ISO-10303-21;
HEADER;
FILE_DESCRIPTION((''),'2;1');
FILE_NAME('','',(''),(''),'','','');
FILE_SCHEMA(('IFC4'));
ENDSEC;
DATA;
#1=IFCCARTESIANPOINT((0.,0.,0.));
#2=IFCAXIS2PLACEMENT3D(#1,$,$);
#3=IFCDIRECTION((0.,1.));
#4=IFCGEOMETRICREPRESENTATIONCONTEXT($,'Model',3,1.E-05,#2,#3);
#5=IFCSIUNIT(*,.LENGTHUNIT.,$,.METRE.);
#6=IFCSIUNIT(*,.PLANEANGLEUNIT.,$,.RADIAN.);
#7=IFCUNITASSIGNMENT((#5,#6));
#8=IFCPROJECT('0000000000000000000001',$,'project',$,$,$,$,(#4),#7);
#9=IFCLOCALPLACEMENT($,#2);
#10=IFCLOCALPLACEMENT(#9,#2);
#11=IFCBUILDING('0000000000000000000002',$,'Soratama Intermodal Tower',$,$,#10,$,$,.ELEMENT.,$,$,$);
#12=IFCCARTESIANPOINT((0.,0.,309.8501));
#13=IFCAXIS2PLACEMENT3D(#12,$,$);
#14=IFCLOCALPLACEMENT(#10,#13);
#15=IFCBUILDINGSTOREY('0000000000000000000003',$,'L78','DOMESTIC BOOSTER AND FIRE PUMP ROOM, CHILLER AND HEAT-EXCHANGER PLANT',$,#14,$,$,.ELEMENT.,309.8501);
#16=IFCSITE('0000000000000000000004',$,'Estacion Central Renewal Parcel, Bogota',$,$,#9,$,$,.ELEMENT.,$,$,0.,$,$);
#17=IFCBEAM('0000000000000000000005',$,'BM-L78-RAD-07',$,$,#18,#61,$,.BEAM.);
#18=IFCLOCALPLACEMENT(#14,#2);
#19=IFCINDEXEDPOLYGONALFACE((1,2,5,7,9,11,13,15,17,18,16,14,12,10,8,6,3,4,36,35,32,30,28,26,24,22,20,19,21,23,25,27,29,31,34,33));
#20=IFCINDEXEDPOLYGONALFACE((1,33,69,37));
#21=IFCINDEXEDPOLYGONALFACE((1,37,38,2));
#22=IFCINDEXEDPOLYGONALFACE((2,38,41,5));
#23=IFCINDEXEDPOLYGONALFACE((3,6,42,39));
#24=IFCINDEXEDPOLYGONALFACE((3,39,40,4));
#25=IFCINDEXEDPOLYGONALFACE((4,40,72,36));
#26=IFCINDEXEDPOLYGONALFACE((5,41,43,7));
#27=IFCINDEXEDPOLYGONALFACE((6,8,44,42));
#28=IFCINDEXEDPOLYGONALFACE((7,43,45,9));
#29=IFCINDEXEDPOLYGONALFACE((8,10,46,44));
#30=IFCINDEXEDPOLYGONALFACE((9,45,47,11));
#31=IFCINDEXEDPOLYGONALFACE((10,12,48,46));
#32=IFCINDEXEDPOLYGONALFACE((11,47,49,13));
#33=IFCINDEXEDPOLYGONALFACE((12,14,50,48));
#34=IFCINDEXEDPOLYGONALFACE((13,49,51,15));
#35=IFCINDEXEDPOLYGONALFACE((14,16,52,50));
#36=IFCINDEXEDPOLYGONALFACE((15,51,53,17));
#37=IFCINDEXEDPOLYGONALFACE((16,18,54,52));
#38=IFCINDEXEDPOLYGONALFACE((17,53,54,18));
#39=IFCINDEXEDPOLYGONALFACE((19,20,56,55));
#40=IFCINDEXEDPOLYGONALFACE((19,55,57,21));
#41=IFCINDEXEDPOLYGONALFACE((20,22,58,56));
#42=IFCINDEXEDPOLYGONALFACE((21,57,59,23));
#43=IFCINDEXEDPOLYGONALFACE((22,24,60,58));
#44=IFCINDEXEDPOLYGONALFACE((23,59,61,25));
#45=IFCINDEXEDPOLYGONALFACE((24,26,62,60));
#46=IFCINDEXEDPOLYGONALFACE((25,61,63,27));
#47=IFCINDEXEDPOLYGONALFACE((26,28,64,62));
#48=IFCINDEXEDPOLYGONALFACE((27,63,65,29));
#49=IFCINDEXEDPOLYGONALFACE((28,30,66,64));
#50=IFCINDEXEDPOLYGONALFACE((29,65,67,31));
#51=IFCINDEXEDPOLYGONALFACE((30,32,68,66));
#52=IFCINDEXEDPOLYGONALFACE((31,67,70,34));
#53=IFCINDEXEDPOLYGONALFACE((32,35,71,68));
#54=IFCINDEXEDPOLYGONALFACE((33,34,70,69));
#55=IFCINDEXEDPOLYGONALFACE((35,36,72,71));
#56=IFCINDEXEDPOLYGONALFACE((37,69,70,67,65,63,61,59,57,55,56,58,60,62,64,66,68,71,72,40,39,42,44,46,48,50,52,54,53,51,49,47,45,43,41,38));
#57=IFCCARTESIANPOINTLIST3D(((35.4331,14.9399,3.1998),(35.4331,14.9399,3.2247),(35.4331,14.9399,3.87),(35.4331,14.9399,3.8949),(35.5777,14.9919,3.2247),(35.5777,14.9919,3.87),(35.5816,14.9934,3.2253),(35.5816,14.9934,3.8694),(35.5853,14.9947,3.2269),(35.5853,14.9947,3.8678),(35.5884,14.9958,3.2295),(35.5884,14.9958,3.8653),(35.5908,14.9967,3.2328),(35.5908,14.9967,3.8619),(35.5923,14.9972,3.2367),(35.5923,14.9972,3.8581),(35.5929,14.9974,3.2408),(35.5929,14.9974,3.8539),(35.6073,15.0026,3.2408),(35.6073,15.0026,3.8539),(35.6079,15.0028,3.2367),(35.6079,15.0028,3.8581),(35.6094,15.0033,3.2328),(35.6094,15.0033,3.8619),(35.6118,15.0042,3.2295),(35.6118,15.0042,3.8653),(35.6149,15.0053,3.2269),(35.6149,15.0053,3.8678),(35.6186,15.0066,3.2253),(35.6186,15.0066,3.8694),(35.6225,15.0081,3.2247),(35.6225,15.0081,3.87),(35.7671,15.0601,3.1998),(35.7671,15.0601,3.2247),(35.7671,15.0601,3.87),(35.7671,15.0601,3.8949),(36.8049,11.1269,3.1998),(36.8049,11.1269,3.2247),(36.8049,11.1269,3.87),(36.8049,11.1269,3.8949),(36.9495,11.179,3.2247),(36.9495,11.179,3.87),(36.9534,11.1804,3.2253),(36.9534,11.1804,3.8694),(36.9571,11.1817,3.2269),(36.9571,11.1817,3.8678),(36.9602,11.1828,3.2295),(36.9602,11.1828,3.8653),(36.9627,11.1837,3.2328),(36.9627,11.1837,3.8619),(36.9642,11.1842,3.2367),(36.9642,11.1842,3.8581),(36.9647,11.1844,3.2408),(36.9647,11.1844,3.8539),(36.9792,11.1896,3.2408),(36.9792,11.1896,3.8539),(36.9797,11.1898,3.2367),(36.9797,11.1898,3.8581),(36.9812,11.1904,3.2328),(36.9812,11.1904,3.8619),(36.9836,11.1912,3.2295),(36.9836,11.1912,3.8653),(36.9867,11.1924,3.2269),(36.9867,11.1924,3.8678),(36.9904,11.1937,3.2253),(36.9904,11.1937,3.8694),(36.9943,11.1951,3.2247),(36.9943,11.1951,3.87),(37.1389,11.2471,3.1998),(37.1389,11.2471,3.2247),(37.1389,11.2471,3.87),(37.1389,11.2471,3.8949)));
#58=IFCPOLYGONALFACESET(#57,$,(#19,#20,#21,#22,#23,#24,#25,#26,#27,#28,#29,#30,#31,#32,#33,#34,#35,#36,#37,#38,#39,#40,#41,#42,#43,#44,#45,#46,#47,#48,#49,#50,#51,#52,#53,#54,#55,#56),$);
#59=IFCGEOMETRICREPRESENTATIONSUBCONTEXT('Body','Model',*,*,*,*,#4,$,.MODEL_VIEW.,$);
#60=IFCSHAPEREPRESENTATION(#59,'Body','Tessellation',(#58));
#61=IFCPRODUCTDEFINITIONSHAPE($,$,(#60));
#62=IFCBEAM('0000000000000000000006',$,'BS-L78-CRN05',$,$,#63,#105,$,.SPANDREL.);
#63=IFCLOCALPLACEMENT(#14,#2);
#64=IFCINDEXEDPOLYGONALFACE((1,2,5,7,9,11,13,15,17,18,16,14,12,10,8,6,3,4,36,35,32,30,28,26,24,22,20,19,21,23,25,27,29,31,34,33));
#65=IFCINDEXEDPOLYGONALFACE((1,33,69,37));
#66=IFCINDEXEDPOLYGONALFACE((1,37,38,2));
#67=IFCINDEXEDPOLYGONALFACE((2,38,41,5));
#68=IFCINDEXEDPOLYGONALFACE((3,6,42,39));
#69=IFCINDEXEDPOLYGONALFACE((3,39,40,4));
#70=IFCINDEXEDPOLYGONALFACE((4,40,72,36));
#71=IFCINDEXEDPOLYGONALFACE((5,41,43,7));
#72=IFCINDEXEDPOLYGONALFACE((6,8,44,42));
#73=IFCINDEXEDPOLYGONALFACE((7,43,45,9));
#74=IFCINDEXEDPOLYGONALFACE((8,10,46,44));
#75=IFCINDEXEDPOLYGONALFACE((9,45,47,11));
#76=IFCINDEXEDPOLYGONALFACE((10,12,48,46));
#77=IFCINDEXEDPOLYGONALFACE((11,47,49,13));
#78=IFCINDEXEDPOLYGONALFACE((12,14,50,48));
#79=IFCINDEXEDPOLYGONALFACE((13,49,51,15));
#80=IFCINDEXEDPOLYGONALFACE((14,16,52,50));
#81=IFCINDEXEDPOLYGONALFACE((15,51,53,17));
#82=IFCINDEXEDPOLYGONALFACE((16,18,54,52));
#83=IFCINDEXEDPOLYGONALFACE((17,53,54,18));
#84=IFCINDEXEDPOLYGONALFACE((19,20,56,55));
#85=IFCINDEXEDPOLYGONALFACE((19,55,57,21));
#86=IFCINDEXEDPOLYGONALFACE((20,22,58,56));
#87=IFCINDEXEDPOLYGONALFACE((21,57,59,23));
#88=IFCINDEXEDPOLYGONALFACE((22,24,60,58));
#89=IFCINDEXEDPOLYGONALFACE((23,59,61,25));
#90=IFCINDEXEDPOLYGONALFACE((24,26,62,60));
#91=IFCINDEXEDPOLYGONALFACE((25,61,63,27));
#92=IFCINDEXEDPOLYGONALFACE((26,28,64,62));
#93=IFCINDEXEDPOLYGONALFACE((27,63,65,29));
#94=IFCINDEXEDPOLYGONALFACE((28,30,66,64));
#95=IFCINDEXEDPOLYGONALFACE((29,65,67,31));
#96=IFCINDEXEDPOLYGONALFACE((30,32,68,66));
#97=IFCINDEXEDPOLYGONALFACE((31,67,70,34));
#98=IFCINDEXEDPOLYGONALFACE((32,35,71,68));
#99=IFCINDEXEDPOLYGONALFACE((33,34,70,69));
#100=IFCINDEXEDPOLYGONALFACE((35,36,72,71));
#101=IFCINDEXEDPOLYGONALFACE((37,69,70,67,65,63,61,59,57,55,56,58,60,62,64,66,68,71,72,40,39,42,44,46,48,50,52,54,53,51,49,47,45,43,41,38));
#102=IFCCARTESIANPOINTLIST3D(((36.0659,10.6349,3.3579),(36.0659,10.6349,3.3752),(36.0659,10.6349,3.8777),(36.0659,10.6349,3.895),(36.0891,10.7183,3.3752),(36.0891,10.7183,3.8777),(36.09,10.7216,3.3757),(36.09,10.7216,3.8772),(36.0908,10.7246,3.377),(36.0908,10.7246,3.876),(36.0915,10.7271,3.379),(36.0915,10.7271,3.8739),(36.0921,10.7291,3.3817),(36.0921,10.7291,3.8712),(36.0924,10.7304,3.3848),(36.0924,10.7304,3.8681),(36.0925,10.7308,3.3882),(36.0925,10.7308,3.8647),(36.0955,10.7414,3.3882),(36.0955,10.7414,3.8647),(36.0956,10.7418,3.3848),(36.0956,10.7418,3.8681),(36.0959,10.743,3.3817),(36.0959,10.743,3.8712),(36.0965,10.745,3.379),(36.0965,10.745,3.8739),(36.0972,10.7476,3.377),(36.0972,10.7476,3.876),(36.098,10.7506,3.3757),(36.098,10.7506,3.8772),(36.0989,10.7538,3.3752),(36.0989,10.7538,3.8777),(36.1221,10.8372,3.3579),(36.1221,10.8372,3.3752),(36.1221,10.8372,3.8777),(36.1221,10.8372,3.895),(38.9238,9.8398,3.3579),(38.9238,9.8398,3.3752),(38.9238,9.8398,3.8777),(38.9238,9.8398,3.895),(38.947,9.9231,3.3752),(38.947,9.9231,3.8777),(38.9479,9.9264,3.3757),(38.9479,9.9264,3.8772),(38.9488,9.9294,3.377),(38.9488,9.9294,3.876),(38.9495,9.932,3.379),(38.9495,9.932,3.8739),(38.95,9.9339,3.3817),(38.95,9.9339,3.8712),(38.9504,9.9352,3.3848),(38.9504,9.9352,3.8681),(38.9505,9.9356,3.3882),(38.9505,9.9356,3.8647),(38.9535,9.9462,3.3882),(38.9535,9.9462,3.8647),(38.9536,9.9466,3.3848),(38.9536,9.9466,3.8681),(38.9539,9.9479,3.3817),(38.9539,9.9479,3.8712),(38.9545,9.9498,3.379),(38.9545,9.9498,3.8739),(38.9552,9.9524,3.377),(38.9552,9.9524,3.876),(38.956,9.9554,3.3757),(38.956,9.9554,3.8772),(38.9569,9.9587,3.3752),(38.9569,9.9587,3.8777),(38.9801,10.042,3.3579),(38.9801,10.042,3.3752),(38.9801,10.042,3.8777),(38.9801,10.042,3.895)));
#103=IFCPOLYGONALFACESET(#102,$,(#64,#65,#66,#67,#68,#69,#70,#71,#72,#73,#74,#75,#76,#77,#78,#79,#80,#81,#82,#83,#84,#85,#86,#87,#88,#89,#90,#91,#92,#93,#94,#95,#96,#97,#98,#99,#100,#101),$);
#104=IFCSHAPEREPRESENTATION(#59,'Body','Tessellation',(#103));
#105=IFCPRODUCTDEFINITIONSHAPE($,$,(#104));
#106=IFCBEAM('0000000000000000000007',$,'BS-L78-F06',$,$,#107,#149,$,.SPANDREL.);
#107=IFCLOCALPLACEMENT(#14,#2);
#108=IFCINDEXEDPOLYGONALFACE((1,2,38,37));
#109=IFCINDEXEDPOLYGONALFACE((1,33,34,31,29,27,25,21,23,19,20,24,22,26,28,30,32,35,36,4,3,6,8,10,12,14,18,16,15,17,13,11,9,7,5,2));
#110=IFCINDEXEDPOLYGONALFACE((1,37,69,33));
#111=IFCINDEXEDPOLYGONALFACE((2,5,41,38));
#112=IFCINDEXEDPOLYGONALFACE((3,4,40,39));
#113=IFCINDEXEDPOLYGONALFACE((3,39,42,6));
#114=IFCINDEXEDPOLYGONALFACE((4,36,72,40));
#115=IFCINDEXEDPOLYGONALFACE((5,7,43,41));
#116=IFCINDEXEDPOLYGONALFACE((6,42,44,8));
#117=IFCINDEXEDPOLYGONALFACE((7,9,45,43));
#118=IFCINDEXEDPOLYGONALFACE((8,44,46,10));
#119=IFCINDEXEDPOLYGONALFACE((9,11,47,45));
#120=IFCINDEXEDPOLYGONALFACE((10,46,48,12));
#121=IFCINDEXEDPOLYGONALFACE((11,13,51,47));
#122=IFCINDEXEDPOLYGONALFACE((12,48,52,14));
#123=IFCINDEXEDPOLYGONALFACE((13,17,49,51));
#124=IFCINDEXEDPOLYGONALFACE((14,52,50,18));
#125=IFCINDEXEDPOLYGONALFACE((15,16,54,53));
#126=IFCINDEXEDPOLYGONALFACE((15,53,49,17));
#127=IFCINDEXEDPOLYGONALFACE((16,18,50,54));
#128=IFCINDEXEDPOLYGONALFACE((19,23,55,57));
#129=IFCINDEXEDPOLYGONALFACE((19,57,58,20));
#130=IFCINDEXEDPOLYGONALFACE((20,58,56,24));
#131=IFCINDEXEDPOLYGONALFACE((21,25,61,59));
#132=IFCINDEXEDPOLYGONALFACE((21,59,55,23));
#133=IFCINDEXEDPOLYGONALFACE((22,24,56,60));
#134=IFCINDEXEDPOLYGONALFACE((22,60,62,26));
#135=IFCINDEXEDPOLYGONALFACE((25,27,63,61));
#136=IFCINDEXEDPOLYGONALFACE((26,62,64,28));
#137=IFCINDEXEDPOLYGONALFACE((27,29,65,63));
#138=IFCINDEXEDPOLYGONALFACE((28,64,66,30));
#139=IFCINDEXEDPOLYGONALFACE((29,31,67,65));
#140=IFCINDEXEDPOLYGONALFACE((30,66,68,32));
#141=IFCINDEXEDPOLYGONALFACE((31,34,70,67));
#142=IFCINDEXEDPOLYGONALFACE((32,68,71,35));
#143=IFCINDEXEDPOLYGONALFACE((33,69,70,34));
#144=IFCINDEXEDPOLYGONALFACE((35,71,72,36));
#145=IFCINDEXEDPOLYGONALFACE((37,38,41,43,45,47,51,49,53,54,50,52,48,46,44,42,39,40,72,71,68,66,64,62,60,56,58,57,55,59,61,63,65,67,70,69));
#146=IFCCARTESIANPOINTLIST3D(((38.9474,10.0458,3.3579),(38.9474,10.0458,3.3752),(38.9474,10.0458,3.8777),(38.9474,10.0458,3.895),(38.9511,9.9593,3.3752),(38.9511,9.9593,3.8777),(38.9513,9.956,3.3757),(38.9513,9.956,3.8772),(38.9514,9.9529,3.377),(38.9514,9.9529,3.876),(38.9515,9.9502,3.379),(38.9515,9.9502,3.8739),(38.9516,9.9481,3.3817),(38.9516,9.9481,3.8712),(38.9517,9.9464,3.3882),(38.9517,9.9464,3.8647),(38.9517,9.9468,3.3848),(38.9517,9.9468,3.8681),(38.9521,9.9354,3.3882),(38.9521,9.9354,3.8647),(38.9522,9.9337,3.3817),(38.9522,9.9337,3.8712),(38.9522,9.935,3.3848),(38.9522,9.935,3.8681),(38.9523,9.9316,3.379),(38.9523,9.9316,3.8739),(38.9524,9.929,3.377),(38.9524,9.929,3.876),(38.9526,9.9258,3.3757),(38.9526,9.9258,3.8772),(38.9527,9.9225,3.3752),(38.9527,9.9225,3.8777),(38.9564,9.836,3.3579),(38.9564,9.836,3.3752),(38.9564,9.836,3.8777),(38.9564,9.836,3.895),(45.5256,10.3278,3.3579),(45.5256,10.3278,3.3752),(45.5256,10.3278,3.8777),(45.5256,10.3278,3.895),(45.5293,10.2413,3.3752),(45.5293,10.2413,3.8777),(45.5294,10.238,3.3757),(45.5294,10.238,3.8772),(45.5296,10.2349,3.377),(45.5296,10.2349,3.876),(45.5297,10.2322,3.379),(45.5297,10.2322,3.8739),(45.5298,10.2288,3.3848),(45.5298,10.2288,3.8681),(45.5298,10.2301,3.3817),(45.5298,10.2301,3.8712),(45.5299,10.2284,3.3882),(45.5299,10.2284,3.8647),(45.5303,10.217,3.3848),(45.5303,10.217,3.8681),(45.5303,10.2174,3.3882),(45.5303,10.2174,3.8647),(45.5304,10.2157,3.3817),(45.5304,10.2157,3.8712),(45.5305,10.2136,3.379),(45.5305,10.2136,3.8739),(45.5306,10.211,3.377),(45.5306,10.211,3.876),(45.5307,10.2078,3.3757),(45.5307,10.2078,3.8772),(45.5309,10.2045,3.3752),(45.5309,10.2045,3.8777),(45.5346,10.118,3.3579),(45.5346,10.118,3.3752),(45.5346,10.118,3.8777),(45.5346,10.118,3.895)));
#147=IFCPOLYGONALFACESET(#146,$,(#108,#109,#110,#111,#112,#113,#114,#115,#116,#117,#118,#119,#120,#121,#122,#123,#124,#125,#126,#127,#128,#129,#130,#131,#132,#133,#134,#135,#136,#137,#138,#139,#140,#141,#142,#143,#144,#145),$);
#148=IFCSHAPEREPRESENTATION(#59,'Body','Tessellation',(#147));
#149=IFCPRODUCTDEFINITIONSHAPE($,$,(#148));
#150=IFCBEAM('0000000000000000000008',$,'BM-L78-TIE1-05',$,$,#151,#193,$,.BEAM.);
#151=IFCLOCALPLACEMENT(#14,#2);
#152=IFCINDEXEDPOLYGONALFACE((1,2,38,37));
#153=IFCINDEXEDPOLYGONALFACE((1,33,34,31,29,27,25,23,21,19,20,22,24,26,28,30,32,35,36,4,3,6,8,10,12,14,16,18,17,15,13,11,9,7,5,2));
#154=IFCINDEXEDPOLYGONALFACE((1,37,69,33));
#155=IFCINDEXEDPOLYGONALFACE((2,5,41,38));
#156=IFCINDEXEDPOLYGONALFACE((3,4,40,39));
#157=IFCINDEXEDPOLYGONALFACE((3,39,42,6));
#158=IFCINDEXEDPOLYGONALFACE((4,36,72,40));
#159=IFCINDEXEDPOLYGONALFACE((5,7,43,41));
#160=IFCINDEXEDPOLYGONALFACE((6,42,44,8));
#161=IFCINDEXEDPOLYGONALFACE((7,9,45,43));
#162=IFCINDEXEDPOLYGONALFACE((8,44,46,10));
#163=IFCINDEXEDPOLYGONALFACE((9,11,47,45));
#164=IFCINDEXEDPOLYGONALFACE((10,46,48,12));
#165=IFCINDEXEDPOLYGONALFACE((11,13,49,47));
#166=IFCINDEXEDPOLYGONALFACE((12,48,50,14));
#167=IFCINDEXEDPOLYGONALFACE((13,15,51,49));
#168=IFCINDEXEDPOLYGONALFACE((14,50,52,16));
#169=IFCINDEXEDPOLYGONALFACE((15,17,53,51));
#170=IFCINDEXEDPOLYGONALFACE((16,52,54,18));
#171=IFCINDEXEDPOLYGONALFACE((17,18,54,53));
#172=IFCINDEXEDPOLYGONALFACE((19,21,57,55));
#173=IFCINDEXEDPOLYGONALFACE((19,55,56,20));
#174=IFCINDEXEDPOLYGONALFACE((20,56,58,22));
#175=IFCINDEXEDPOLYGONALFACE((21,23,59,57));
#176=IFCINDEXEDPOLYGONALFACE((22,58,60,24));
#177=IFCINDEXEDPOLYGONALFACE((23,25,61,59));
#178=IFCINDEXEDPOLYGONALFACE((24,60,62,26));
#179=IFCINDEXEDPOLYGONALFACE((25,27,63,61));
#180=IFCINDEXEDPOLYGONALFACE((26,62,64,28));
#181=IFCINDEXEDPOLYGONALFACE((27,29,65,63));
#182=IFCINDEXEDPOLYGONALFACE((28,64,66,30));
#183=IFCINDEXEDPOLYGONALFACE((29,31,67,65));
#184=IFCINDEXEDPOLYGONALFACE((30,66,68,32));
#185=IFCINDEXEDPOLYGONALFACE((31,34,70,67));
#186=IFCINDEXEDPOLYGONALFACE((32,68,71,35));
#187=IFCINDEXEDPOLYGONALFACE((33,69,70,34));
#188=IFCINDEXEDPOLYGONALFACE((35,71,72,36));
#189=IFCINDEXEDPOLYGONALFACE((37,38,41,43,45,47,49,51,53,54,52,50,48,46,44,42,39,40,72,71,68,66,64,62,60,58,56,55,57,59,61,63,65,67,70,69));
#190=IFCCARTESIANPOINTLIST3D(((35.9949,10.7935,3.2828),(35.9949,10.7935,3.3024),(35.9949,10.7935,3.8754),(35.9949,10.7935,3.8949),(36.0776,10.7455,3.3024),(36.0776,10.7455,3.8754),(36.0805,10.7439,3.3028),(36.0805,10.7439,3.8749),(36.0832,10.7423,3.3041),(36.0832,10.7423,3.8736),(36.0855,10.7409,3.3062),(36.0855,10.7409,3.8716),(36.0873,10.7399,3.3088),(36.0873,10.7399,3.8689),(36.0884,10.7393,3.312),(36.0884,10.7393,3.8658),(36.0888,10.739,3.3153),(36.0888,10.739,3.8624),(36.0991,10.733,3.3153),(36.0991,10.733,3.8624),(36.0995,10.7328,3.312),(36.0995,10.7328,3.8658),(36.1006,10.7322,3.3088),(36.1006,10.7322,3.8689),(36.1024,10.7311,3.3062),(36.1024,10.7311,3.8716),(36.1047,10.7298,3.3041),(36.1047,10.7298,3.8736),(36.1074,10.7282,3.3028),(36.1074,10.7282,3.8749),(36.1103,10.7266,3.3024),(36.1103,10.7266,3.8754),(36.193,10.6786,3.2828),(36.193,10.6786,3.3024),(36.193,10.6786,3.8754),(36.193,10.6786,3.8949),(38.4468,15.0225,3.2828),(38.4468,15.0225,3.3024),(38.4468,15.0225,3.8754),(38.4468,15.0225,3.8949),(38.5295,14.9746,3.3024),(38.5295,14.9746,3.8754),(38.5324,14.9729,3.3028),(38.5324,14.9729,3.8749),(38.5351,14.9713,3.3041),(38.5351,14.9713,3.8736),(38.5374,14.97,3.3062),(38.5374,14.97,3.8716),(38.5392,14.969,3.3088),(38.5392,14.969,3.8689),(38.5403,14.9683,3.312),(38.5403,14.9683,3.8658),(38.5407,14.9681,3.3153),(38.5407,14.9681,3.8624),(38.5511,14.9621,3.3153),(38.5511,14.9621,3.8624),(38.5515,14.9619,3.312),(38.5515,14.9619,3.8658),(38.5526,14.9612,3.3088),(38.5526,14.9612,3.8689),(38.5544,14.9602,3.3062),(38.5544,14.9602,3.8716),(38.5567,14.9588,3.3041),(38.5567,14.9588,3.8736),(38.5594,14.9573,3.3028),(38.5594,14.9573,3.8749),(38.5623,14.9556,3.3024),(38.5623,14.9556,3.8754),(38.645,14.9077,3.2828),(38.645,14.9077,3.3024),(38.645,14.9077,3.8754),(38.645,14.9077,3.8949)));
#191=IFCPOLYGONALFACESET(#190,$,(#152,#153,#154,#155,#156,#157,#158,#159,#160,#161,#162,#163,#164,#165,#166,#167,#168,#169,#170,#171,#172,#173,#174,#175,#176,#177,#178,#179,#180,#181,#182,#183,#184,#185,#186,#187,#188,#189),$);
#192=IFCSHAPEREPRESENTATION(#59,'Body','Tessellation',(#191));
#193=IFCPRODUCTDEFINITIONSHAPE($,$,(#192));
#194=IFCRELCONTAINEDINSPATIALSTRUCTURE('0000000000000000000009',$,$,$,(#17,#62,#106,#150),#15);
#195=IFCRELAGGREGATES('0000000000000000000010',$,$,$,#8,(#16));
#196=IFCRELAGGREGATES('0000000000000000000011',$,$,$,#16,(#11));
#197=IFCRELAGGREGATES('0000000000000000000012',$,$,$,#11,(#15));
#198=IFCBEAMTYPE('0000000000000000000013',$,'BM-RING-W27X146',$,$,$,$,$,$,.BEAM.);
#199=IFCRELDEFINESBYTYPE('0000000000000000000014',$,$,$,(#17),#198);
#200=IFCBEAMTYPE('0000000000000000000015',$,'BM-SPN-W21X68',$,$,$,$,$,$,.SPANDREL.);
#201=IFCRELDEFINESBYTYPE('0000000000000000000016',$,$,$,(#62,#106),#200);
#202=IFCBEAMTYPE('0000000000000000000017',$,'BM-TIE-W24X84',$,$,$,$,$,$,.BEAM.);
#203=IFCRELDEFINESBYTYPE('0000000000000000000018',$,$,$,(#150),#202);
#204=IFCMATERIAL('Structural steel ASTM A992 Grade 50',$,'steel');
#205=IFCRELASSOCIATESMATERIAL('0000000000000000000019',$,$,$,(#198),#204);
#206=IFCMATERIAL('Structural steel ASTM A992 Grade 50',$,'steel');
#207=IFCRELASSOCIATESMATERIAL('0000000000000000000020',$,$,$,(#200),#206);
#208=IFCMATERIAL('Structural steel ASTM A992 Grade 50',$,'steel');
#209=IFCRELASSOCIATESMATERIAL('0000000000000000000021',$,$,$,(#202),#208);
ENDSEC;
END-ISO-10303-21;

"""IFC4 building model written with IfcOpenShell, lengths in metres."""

from ifc_helpers import new_model, si_unit, direction, frame, origin, origin_2d, place, context, subcontext, project, spatial, i_section, extrude, material, material_profile, profile_set, type_object, element, save


model = new_model("IFC4")

# Units and contexts
model_context = context("Model", 3, precision=1e-05, world=origin(), true_north=direction((0.0, 1.0)))
body_context = subcontext(model_context, "Body", "Model", "MODEL_VIEW")
ifc_project = project(units=[si_unit("LENGTHUNIT", "METRE"), si_unit("PLANEANGLEUNIT", "RADIAN")], contexts=[model_context])

# Site, building, storey
site_placement = place(None, origin())
site = spatial("IfcSite", under=ifc_project, at=site_placement, Name="Estacion Central Renewal Parcel, Bogota", CompositionType="ELEMENT", RefElevation=0.0)
building_placement = place(site_placement, origin())
building = spatial("IfcBuilding", under=site, at=building_placement, Name="Soratama Intermodal Tower", CompositionType="ELEMENT")
storey_placement = place(building_placement, frame((0.0, 0.0, 309.8501)))
storey = spatial("IfcBuildingStorey", under=building, at=storey_placement, Name="L78", Description="DOMESTIC BOOSTER AND FIRE PUMP ROOM, CHILLER AND HEAT-EXCHANGER PLANT", CompositionType="ELEMENT", Elevation=309.8501)

# Beams
ifc_material_1 = material(Name="Structural steel ASTM A992 Grade 50", Category="steel")
ifc_material_profile_1 = material_profile(ifc_material_1, i_section(OverallWidth=0.355, OverallDepth=0.6951, WebThickness=0.0154, FlangeThickness=0.0249, FilletRadius=0.0161, at=origin_2d()), Name="W27X146")
ifc_profile_set_1 = profile_set([ifc_material_profile_1], Name="Structural steel ASTM A992 Grade 50")
beam_type_1 = type_object("IfcBeamType", Name="BM-RING-W27X146", PredefinedType="BEAM", material=ifc_profile_set_1)
beam_1_placement = place(storey_placement, frame((35.6001, 15.0, 3.5474), z_axis=(0.338534, -0.940954, 0.0), x_axis=(0.940954, 0.338534, 0.0)))
element("IfcBeam", 1, at=beam_1_placement, inside=storey, type_object=beam_type_1, Name="BM-L78-RAD-07", PredefinedType="BEAM", context=body_context, shape_type="SweptSolid", body=[
    extrude(i_section(OverallWidth=0.355, OverallDepth=0.6951, WebThickness=0.0154, FlangeThickness=0.0249, FilletRadius=0.0161, at=origin_2d()), origin(), (0.0, 0.0, 1.0), 4.0522),
])
ifc_material_2 = material(Name="Structural steel ASTM A992 Grade 50", Category="steel")
ifc_material_profile_2 = material_profile(ifc_material_2, i_section(OverallWidth=0.21, OverallDepth=0.5371, WebThickness=0.011, FlangeThickness=0.0173, FilletRadius=0.0129, at=origin_2d()), Name="W21X68")
ifc_profile_set_2 = profile_set([ifc_material_profile_2], Name="Structural steel ASTM A992 Grade 50")
beam_type_2 = type_object("IfcBeamType", Name="BM-SPN-W21X68", PredefinedType="SPANDREL", material=ifc_profile_set_2)
beam_2_placement = place(storey_placement, frame((36.094, 10.7361, 3.6265), z_axis=(0.963405, -0.268051, 0.0), x_axis=(0.268051, 0.963405, 0.0)))
element("IfcBeam", 2, at=beam_2_placement, inside=storey, type_object=beam_type_2, Name="BS-L78-CRN05", PredefinedType="SPANDREL", context=body_context, shape_type="SweptSolid", body=[
    extrude(i_section(OverallWidth=0.21, OverallDepth=0.5371, WebThickness=0.011, FlangeThickness=0.0173, FilletRadius=0.0129, at=origin_2d()), origin(), (0.0, 0.0, 1.0), 2.9666),
])
beam_3_placement = place(storey_placement, frame((38.9519, 9.9409, 3.6265), z_axis=(0.999082, 0.042827, 0.0), x_axis=(-0.042827, 0.999082, 0.0)))
element("IfcBeam", 3, at=beam_3_placement, inside=storey, type_object=beam_type_2, Name="BS-L78-F06", PredefinedType="SPANDREL", context=body_context, shape_type="SweptSolid", body=[
    extrude(i_section(OverallWidth=0.21, OverallDepth=0.5371, WebThickness=0.011, FlangeThickness=0.0173, FilletRadius=0.0129, at=origin_2d()), origin(), (0.0, 0.0, 1.0), 6.5842),
])
ifc_material_3 = material(Name="Structural steel ASTM A992 Grade 50", Category="steel")
ifc_material_profile_3 = material_profile(ifc_material_3, i_section(OverallWidth=0.229, OverallDepth=0.6121, WebThickness=0.012, FlangeThickness=0.0195, FilletRadius=0.0129, at=origin_2d()), Name="W24X84")
ifc_profile_set_3 = profile_set([ifc_material_profile_3], Name="Structural steel ASTM A992 Grade 50")
beam_type_3 = type_object("IfcBeamType", Name="BM-TIE-W24X84", PredefinedType="BEAM", material=ifc_profile_set_3)
beam_4_placement = place(storey_placement, frame((38.5459, 14.9651, 3.5889), z_axis=(-0.501578, -0.865113, 0.0), x_axis=(0.865113, -0.501578, 0.0)))
element("IfcBeam", 4, at=beam_4_placement, inside=storey, type_object=beam_type_3, Name="BM-L78-TIE1-05", PredefinedType="BEAM", context=body_context, shape_type="SweptSolid", body=[
    extrude(i_section(OverallWidth=0.229, OverallDepth=0.6121, WebThickness=0.012, FlangeThickness=0.0195, FilletRadius=0.0129, at=origin_2d()), origin(), (0.0, 0.0, 1.0), 4.8884),
])

save(model, "model.ifc")
